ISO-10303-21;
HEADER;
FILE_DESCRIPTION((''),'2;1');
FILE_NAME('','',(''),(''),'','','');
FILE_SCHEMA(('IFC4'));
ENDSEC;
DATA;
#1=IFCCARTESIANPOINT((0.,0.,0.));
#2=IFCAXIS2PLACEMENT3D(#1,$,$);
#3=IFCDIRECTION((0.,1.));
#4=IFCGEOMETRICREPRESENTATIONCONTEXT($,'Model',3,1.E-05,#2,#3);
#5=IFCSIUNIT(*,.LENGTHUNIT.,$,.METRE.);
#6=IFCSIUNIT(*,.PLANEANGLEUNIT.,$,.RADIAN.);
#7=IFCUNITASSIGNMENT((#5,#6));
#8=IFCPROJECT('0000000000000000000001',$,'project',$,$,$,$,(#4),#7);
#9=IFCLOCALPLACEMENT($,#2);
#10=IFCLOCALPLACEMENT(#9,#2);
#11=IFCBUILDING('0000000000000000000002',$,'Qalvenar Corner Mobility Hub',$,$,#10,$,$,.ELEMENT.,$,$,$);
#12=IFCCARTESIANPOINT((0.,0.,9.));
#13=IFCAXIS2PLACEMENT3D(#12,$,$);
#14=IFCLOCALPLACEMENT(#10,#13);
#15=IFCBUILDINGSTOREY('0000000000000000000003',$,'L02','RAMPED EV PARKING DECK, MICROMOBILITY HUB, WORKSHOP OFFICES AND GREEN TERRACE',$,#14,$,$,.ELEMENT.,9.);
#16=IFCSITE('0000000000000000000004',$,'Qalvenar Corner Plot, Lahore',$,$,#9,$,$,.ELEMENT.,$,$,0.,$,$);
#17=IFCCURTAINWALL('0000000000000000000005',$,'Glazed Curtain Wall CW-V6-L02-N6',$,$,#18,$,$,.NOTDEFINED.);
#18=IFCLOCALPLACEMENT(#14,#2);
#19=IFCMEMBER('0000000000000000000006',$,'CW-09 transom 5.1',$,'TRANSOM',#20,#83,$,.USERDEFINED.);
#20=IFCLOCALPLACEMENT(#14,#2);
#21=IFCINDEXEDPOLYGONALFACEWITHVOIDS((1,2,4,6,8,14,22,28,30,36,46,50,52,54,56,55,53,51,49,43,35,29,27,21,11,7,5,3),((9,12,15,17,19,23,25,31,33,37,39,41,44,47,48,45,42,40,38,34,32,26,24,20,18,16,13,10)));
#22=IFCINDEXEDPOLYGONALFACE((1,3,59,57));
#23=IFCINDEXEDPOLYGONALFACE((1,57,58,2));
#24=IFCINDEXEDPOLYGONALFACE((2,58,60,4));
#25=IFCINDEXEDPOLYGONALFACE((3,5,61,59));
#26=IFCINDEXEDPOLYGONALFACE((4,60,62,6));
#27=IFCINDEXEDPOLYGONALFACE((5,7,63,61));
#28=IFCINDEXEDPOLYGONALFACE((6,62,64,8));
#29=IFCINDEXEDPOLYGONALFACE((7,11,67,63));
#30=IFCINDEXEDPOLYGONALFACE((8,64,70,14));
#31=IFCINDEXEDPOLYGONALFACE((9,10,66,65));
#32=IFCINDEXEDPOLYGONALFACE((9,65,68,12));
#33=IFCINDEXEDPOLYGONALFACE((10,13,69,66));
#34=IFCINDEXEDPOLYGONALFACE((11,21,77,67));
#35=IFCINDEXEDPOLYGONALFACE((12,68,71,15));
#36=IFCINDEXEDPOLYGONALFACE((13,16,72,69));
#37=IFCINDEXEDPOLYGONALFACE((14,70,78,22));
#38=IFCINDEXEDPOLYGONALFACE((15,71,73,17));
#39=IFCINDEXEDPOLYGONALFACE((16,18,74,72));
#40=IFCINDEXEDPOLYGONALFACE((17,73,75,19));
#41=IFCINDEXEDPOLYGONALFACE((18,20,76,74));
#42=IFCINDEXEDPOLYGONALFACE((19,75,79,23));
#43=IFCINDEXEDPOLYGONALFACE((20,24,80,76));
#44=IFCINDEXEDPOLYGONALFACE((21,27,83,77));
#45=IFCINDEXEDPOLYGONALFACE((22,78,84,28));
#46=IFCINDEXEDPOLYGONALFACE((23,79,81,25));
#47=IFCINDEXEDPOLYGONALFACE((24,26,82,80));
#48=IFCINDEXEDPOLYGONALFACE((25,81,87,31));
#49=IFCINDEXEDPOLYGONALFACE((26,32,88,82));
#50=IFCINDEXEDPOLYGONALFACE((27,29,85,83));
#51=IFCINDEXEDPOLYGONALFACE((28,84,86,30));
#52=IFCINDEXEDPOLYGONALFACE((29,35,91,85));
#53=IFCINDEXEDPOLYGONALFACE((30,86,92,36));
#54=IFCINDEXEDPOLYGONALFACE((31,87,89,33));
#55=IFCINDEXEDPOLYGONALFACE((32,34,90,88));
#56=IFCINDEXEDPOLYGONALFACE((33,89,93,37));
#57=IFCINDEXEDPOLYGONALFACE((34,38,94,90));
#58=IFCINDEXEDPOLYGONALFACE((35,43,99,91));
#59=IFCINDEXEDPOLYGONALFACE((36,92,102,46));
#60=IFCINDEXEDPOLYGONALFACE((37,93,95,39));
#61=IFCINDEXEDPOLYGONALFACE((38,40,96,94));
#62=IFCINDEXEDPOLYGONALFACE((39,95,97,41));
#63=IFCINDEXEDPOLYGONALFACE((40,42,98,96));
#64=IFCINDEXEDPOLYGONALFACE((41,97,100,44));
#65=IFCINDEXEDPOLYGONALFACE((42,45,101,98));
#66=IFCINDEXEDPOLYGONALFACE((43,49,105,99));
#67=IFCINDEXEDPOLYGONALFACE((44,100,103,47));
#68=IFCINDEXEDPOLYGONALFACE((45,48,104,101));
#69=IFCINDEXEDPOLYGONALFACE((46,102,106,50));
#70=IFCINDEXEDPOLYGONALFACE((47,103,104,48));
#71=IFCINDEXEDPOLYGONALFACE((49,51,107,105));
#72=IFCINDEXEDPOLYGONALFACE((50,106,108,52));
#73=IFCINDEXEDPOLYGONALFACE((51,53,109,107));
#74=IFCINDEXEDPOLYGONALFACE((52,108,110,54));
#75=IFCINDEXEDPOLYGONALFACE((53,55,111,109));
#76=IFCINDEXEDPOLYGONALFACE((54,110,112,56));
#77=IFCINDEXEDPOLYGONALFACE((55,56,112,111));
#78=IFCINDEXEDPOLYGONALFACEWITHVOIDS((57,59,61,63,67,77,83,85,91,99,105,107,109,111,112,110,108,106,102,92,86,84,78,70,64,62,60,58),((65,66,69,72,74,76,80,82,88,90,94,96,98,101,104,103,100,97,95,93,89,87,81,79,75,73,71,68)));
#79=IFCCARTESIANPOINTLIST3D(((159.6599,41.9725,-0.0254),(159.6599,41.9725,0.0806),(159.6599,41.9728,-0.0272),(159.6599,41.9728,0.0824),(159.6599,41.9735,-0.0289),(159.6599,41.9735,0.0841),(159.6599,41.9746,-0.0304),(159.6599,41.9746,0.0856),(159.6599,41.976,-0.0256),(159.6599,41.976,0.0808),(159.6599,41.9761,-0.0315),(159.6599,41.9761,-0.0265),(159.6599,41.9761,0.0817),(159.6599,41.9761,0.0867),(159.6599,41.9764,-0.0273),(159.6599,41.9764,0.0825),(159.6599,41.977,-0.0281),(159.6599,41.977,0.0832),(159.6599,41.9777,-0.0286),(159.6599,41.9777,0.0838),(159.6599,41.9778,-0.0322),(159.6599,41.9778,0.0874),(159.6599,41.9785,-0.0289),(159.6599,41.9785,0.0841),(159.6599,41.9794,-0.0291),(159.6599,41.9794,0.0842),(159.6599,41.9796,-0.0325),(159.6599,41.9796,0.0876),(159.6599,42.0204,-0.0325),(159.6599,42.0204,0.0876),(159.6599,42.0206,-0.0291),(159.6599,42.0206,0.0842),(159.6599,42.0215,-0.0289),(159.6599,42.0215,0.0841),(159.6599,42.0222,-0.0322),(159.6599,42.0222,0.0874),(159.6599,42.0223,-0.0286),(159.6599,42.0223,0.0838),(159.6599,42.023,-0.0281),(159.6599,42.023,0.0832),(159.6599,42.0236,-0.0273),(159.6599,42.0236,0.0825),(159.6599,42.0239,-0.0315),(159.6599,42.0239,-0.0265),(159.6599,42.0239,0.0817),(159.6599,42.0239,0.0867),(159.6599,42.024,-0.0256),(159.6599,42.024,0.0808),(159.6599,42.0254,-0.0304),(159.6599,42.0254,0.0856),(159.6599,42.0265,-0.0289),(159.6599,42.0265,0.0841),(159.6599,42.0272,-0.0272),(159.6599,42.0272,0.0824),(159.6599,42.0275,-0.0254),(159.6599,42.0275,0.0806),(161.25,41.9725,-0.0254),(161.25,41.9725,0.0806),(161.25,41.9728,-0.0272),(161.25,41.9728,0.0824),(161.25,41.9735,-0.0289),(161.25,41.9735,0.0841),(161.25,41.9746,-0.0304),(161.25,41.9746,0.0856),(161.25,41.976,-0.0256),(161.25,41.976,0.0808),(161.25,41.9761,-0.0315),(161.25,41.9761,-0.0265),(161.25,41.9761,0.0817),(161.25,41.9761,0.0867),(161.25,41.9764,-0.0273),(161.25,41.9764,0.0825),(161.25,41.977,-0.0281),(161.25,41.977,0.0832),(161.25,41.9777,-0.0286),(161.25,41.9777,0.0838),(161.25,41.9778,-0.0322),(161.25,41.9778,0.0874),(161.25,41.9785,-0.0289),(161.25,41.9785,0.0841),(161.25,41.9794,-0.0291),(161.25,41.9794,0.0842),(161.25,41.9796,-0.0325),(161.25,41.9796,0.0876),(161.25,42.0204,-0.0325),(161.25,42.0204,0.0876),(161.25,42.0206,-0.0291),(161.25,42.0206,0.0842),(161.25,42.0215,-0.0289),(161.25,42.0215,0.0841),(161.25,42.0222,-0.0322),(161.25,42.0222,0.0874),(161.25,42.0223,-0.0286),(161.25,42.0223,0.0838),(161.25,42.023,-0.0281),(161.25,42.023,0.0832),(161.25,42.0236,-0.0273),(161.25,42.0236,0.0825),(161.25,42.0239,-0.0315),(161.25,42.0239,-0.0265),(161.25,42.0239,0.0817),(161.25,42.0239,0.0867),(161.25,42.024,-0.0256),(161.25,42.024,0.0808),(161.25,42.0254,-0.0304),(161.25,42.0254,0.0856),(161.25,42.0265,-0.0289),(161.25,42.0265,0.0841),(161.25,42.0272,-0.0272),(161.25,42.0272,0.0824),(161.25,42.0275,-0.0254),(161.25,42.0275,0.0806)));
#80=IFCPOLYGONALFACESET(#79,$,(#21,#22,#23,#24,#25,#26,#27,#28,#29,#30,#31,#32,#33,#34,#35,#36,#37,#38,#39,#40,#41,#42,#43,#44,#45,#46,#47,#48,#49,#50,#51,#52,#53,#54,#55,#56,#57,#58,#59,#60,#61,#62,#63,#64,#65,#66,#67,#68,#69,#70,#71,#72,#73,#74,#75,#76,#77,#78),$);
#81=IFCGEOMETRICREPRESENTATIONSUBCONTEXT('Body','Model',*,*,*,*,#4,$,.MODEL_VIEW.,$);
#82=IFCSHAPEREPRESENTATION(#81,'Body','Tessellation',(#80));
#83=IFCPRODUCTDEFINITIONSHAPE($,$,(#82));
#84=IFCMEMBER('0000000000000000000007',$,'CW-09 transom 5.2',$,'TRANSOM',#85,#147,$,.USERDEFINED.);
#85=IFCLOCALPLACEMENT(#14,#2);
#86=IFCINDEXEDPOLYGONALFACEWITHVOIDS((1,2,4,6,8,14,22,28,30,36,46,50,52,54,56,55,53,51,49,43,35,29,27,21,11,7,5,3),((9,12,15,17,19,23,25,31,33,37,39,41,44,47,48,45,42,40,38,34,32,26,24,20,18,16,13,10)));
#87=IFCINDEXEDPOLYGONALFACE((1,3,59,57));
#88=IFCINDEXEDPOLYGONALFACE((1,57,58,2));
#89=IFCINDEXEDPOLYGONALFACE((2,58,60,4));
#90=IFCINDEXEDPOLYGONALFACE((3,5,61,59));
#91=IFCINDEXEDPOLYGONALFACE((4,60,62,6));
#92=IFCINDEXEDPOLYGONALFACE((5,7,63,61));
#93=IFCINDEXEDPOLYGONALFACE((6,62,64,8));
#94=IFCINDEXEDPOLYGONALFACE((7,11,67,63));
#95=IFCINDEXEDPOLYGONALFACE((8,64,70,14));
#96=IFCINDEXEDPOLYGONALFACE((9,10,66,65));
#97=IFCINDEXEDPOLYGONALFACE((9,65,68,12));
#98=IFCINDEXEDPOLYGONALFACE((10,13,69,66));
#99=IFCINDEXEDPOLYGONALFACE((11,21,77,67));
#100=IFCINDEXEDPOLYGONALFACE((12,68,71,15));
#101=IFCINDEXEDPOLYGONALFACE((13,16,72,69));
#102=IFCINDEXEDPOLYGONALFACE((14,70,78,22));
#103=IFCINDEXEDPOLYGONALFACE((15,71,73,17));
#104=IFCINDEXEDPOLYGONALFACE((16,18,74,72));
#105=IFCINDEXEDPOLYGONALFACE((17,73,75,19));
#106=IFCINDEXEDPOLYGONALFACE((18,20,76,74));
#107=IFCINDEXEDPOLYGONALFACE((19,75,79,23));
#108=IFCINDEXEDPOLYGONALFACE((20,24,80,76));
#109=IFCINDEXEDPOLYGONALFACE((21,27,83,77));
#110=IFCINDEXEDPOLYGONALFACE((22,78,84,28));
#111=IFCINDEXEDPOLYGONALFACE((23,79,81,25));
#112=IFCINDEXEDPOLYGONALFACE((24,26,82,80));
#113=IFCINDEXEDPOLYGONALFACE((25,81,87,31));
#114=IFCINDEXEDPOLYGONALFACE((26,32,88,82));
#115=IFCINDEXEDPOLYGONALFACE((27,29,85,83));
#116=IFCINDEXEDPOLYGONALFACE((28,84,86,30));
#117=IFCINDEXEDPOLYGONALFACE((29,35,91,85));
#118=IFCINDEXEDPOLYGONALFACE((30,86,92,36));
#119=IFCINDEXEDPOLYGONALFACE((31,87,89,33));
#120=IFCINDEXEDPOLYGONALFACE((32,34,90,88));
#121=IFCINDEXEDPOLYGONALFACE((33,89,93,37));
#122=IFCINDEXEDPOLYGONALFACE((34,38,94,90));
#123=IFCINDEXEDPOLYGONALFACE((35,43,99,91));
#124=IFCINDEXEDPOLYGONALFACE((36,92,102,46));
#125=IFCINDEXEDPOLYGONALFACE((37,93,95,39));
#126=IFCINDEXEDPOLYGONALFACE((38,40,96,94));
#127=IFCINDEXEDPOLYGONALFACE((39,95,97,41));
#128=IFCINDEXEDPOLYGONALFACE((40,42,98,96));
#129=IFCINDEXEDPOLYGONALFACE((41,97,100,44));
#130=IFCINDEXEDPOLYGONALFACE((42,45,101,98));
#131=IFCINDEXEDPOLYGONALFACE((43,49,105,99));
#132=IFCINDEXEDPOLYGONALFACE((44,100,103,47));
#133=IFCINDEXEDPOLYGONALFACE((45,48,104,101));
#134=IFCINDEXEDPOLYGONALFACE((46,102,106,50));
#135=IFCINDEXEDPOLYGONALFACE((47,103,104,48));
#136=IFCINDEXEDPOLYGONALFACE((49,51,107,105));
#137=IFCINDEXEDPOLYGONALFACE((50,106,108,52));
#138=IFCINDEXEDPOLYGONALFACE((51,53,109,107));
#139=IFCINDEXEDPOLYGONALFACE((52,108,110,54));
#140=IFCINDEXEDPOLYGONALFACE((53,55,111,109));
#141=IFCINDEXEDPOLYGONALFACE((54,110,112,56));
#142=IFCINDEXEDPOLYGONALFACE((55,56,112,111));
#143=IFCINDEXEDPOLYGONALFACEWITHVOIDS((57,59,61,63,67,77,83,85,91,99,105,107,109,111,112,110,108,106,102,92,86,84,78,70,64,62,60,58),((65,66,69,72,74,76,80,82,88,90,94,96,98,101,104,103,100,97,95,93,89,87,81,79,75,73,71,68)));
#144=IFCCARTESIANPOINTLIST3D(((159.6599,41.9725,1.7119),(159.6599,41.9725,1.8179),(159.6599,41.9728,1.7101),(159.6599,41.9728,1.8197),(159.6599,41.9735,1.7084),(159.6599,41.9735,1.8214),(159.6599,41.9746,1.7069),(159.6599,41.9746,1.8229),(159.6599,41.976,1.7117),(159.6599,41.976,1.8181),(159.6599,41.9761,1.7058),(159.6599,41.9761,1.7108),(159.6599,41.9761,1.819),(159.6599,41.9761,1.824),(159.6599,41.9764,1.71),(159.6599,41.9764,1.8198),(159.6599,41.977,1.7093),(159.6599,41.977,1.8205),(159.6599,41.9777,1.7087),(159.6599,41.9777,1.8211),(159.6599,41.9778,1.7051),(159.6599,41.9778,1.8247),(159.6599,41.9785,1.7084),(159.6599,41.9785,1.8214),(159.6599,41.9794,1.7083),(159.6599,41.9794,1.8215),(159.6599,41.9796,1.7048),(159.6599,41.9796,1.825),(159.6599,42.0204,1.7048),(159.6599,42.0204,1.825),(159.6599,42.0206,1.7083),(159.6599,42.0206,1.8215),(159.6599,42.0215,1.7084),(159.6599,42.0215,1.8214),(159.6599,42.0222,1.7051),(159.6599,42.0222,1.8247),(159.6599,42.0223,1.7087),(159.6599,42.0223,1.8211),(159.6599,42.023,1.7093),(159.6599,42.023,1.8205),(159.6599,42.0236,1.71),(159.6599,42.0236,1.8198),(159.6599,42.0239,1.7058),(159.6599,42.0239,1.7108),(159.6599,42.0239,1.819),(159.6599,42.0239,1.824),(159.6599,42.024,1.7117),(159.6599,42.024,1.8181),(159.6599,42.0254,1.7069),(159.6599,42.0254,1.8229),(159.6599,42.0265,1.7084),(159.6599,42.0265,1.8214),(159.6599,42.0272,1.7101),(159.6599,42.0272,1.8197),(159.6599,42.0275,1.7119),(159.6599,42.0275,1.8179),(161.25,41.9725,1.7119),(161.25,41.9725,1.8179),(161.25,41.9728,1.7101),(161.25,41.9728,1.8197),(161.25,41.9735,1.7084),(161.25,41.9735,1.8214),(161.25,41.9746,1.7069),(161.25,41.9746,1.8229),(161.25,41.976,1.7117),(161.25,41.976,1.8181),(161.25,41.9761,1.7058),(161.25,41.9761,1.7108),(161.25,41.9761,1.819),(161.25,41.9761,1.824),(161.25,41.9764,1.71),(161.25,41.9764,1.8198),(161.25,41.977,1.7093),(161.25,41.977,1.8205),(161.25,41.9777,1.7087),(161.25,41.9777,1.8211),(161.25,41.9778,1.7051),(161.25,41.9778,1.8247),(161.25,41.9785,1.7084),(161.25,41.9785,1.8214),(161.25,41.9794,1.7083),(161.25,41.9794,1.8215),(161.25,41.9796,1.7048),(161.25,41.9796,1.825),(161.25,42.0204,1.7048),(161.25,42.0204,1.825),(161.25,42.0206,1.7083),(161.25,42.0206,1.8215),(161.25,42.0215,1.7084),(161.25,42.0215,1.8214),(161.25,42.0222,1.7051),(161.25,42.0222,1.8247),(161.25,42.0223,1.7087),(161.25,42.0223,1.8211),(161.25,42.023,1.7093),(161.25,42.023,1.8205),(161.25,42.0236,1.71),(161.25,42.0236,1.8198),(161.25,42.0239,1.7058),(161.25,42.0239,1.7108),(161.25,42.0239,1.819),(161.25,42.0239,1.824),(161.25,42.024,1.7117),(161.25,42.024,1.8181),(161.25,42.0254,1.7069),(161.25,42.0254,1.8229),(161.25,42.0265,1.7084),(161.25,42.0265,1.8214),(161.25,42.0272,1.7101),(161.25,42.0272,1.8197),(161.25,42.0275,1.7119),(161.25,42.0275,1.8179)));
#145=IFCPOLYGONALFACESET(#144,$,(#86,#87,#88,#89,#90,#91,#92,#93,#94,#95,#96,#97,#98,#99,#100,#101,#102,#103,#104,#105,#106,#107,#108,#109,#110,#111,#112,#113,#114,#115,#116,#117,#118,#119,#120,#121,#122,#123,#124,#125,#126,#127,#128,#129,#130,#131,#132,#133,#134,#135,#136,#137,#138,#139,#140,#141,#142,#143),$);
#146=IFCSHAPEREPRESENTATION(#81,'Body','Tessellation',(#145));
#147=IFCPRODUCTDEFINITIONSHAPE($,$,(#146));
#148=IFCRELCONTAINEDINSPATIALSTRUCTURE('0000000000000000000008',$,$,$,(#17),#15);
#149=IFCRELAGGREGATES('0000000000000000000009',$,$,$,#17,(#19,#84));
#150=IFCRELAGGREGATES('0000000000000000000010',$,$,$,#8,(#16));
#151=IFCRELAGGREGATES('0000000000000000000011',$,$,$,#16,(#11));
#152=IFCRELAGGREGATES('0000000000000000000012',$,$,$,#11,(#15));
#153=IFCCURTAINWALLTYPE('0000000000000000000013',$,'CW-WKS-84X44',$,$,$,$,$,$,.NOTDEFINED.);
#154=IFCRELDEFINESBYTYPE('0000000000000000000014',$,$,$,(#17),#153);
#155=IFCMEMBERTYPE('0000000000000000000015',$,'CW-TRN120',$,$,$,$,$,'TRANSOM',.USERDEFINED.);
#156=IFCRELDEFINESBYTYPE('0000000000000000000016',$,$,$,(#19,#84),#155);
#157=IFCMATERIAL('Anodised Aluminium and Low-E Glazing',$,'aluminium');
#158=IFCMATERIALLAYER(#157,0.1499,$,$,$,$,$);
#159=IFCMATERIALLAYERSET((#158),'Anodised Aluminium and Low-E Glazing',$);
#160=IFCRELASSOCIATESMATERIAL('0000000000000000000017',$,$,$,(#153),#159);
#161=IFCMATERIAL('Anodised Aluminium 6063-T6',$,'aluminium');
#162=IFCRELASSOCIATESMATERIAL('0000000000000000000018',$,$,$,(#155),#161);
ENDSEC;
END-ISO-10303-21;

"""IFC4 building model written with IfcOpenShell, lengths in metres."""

from ifc_helpers import new_model, si_unit, direction, frame, origin, origin_2d, place, context, subcontext, project, spatial, hollow_rectangle, extrude, material, layer, layer_set, material_profile, profile_set, type_object, element, aggregate, save


model = new_model("IFC4")

# Units and contexts
model_context = context("Model", 3, precision=1e-05, world=origin(), true_north=direction((0.0, 1.0)))
body_context = subcontext(model_context, "Body", "Model", "MODEL_VIEW")
ifc_project = project(units=[si_unit("LENGTHUNIT", "METRE"), si_unit("PLANEANGLEUNIT", "RADIAN")], contexts=[model_context])

# Site, building, storey
site_placement = place(None, origin())
site = spatial("IfcSite", under=ifc_project, at=site_placement, Name="Qalvenar Corner Plot, Lahore", CompositionType="ELEMENT", RefElevation=0.0)
building_placement = place(site_placement, origin())
building = spatial("IfcBuilding", under=site, at=building_placement, Name="Qalvenar Corner Mobility Hub", CompositionType="ELEMENT")
storey_placement = place(building_placement, frame((0.0, 0.0, 9.0)))
storey = spatial("IfcBuildingStorey", under=building, at=storey_placement, Name="L02", Description="RAMPED EV PARKING DECK, MICROMOBILITY HUB, WORKSHOP OFFICES AND GREEN TERRACE", CompositionType="ELEMENT", Elevation=9.0)

# Curtain wall, members
ifc_material_1 = material(Name="Anodised Aluminium and Low-E Glazing", Category="aluminium")
ifc_layer_1 = layer(ifc_material_1, 0.1499)
ifc_layer_set_1 = layer_set([ifc_layer_1], Name="Anodised Aluminium and Low-E Glazing")
curtain_wall_type = type_object("IfcCurtainWallType", Name="CW-WKS-84X44", PredefinedType="NOTDEFINED", material=ifc_layer_set_1)
curtain_wall_placement = place(storey_placement, origin())
curtain_wall = element("IfcCurtainWall", 1, at=curtain_wall_placement, inside=storey, type_object=curtain_wall_type, Name="Glazed Curtain Wall CW-V6-L02-N6", PredefinedType="NOTDEFINED")
ifc_material_2 = material(Name="Anodised Aluminium 6063-T6", Category="aluminium")
ifc_material_profile_1 = material_profile(ifc_material_2, hollow_rectangle(XDim=0.0549, YDim=0.1201, WallThickness=0.0034, InnerFilletRadius=0.0034, OuterFilletRadius=0.0071, at=origin_2d()), Name="RHS120x55x3.5")
ifc_profile_set_1 = profile_set([ifc_material_profile_1], Name="Anodised Aluminium 6063-T6")
member_type_1 = type_object("IfcMemberType", Name="CW-TRN120", ElementType="TRANSOM", PredefinedType="USERDEFINED", material=ifc_profile_set_1)
member_1_placement = place(storey_placement, frame((161.25, 42.0, 0.0276), z_axis=(-1.0, 0.0, 0.0), x_axis=(0.0, -1.0, 0.0)))
member_1 = element("IfcMember", 2, at=member_1_placement, type_object=member_type_1, Name="CW-09 transom 5.1", ObjectType="TRANSOM", PredefinedType="USERDEFINED", context=body_context, shape_type="SweptSolid", body=[
    extrude(hollow_rectangle(XDim=0.0549, YDim=0.1201, WallThickness=0.0034, InnerFilletRadius=0.0034, OuterFilletRadius=0.0071, at=origin_2d()), origin(), (0.0, 0.0, 1.0), 1.5901),
])
member_2_placement = place(storey_placement, frame((161.25, 42.0, 1.7649), z_axis=(-1.0, 0.0, 0.0), x_axis=(0.0, -1.0, 0.0)))
member_2 = element("IfcMember", 3, at=member_2_placement, type_object=member_type_1, Name="CW-09 transom 5.2", ObjectType="TRANSOM", PredefinedType="USERDEFINED", context=body_context, shape_type="SweptSolid", body=[
    extrude(hollow_rectangle(XDim=0.0549, YDim=0.1201, WallThickness=0.0034, InnerFilletRadius=0.0034, OuterFilletRadius=0.0071, at=origin_2d()), origin(), (0.0, 0.0, 1.0), 1.5901),
])
aggregate(curtain_wall, [member_1, member_2])

save(model, "model.ifc")
